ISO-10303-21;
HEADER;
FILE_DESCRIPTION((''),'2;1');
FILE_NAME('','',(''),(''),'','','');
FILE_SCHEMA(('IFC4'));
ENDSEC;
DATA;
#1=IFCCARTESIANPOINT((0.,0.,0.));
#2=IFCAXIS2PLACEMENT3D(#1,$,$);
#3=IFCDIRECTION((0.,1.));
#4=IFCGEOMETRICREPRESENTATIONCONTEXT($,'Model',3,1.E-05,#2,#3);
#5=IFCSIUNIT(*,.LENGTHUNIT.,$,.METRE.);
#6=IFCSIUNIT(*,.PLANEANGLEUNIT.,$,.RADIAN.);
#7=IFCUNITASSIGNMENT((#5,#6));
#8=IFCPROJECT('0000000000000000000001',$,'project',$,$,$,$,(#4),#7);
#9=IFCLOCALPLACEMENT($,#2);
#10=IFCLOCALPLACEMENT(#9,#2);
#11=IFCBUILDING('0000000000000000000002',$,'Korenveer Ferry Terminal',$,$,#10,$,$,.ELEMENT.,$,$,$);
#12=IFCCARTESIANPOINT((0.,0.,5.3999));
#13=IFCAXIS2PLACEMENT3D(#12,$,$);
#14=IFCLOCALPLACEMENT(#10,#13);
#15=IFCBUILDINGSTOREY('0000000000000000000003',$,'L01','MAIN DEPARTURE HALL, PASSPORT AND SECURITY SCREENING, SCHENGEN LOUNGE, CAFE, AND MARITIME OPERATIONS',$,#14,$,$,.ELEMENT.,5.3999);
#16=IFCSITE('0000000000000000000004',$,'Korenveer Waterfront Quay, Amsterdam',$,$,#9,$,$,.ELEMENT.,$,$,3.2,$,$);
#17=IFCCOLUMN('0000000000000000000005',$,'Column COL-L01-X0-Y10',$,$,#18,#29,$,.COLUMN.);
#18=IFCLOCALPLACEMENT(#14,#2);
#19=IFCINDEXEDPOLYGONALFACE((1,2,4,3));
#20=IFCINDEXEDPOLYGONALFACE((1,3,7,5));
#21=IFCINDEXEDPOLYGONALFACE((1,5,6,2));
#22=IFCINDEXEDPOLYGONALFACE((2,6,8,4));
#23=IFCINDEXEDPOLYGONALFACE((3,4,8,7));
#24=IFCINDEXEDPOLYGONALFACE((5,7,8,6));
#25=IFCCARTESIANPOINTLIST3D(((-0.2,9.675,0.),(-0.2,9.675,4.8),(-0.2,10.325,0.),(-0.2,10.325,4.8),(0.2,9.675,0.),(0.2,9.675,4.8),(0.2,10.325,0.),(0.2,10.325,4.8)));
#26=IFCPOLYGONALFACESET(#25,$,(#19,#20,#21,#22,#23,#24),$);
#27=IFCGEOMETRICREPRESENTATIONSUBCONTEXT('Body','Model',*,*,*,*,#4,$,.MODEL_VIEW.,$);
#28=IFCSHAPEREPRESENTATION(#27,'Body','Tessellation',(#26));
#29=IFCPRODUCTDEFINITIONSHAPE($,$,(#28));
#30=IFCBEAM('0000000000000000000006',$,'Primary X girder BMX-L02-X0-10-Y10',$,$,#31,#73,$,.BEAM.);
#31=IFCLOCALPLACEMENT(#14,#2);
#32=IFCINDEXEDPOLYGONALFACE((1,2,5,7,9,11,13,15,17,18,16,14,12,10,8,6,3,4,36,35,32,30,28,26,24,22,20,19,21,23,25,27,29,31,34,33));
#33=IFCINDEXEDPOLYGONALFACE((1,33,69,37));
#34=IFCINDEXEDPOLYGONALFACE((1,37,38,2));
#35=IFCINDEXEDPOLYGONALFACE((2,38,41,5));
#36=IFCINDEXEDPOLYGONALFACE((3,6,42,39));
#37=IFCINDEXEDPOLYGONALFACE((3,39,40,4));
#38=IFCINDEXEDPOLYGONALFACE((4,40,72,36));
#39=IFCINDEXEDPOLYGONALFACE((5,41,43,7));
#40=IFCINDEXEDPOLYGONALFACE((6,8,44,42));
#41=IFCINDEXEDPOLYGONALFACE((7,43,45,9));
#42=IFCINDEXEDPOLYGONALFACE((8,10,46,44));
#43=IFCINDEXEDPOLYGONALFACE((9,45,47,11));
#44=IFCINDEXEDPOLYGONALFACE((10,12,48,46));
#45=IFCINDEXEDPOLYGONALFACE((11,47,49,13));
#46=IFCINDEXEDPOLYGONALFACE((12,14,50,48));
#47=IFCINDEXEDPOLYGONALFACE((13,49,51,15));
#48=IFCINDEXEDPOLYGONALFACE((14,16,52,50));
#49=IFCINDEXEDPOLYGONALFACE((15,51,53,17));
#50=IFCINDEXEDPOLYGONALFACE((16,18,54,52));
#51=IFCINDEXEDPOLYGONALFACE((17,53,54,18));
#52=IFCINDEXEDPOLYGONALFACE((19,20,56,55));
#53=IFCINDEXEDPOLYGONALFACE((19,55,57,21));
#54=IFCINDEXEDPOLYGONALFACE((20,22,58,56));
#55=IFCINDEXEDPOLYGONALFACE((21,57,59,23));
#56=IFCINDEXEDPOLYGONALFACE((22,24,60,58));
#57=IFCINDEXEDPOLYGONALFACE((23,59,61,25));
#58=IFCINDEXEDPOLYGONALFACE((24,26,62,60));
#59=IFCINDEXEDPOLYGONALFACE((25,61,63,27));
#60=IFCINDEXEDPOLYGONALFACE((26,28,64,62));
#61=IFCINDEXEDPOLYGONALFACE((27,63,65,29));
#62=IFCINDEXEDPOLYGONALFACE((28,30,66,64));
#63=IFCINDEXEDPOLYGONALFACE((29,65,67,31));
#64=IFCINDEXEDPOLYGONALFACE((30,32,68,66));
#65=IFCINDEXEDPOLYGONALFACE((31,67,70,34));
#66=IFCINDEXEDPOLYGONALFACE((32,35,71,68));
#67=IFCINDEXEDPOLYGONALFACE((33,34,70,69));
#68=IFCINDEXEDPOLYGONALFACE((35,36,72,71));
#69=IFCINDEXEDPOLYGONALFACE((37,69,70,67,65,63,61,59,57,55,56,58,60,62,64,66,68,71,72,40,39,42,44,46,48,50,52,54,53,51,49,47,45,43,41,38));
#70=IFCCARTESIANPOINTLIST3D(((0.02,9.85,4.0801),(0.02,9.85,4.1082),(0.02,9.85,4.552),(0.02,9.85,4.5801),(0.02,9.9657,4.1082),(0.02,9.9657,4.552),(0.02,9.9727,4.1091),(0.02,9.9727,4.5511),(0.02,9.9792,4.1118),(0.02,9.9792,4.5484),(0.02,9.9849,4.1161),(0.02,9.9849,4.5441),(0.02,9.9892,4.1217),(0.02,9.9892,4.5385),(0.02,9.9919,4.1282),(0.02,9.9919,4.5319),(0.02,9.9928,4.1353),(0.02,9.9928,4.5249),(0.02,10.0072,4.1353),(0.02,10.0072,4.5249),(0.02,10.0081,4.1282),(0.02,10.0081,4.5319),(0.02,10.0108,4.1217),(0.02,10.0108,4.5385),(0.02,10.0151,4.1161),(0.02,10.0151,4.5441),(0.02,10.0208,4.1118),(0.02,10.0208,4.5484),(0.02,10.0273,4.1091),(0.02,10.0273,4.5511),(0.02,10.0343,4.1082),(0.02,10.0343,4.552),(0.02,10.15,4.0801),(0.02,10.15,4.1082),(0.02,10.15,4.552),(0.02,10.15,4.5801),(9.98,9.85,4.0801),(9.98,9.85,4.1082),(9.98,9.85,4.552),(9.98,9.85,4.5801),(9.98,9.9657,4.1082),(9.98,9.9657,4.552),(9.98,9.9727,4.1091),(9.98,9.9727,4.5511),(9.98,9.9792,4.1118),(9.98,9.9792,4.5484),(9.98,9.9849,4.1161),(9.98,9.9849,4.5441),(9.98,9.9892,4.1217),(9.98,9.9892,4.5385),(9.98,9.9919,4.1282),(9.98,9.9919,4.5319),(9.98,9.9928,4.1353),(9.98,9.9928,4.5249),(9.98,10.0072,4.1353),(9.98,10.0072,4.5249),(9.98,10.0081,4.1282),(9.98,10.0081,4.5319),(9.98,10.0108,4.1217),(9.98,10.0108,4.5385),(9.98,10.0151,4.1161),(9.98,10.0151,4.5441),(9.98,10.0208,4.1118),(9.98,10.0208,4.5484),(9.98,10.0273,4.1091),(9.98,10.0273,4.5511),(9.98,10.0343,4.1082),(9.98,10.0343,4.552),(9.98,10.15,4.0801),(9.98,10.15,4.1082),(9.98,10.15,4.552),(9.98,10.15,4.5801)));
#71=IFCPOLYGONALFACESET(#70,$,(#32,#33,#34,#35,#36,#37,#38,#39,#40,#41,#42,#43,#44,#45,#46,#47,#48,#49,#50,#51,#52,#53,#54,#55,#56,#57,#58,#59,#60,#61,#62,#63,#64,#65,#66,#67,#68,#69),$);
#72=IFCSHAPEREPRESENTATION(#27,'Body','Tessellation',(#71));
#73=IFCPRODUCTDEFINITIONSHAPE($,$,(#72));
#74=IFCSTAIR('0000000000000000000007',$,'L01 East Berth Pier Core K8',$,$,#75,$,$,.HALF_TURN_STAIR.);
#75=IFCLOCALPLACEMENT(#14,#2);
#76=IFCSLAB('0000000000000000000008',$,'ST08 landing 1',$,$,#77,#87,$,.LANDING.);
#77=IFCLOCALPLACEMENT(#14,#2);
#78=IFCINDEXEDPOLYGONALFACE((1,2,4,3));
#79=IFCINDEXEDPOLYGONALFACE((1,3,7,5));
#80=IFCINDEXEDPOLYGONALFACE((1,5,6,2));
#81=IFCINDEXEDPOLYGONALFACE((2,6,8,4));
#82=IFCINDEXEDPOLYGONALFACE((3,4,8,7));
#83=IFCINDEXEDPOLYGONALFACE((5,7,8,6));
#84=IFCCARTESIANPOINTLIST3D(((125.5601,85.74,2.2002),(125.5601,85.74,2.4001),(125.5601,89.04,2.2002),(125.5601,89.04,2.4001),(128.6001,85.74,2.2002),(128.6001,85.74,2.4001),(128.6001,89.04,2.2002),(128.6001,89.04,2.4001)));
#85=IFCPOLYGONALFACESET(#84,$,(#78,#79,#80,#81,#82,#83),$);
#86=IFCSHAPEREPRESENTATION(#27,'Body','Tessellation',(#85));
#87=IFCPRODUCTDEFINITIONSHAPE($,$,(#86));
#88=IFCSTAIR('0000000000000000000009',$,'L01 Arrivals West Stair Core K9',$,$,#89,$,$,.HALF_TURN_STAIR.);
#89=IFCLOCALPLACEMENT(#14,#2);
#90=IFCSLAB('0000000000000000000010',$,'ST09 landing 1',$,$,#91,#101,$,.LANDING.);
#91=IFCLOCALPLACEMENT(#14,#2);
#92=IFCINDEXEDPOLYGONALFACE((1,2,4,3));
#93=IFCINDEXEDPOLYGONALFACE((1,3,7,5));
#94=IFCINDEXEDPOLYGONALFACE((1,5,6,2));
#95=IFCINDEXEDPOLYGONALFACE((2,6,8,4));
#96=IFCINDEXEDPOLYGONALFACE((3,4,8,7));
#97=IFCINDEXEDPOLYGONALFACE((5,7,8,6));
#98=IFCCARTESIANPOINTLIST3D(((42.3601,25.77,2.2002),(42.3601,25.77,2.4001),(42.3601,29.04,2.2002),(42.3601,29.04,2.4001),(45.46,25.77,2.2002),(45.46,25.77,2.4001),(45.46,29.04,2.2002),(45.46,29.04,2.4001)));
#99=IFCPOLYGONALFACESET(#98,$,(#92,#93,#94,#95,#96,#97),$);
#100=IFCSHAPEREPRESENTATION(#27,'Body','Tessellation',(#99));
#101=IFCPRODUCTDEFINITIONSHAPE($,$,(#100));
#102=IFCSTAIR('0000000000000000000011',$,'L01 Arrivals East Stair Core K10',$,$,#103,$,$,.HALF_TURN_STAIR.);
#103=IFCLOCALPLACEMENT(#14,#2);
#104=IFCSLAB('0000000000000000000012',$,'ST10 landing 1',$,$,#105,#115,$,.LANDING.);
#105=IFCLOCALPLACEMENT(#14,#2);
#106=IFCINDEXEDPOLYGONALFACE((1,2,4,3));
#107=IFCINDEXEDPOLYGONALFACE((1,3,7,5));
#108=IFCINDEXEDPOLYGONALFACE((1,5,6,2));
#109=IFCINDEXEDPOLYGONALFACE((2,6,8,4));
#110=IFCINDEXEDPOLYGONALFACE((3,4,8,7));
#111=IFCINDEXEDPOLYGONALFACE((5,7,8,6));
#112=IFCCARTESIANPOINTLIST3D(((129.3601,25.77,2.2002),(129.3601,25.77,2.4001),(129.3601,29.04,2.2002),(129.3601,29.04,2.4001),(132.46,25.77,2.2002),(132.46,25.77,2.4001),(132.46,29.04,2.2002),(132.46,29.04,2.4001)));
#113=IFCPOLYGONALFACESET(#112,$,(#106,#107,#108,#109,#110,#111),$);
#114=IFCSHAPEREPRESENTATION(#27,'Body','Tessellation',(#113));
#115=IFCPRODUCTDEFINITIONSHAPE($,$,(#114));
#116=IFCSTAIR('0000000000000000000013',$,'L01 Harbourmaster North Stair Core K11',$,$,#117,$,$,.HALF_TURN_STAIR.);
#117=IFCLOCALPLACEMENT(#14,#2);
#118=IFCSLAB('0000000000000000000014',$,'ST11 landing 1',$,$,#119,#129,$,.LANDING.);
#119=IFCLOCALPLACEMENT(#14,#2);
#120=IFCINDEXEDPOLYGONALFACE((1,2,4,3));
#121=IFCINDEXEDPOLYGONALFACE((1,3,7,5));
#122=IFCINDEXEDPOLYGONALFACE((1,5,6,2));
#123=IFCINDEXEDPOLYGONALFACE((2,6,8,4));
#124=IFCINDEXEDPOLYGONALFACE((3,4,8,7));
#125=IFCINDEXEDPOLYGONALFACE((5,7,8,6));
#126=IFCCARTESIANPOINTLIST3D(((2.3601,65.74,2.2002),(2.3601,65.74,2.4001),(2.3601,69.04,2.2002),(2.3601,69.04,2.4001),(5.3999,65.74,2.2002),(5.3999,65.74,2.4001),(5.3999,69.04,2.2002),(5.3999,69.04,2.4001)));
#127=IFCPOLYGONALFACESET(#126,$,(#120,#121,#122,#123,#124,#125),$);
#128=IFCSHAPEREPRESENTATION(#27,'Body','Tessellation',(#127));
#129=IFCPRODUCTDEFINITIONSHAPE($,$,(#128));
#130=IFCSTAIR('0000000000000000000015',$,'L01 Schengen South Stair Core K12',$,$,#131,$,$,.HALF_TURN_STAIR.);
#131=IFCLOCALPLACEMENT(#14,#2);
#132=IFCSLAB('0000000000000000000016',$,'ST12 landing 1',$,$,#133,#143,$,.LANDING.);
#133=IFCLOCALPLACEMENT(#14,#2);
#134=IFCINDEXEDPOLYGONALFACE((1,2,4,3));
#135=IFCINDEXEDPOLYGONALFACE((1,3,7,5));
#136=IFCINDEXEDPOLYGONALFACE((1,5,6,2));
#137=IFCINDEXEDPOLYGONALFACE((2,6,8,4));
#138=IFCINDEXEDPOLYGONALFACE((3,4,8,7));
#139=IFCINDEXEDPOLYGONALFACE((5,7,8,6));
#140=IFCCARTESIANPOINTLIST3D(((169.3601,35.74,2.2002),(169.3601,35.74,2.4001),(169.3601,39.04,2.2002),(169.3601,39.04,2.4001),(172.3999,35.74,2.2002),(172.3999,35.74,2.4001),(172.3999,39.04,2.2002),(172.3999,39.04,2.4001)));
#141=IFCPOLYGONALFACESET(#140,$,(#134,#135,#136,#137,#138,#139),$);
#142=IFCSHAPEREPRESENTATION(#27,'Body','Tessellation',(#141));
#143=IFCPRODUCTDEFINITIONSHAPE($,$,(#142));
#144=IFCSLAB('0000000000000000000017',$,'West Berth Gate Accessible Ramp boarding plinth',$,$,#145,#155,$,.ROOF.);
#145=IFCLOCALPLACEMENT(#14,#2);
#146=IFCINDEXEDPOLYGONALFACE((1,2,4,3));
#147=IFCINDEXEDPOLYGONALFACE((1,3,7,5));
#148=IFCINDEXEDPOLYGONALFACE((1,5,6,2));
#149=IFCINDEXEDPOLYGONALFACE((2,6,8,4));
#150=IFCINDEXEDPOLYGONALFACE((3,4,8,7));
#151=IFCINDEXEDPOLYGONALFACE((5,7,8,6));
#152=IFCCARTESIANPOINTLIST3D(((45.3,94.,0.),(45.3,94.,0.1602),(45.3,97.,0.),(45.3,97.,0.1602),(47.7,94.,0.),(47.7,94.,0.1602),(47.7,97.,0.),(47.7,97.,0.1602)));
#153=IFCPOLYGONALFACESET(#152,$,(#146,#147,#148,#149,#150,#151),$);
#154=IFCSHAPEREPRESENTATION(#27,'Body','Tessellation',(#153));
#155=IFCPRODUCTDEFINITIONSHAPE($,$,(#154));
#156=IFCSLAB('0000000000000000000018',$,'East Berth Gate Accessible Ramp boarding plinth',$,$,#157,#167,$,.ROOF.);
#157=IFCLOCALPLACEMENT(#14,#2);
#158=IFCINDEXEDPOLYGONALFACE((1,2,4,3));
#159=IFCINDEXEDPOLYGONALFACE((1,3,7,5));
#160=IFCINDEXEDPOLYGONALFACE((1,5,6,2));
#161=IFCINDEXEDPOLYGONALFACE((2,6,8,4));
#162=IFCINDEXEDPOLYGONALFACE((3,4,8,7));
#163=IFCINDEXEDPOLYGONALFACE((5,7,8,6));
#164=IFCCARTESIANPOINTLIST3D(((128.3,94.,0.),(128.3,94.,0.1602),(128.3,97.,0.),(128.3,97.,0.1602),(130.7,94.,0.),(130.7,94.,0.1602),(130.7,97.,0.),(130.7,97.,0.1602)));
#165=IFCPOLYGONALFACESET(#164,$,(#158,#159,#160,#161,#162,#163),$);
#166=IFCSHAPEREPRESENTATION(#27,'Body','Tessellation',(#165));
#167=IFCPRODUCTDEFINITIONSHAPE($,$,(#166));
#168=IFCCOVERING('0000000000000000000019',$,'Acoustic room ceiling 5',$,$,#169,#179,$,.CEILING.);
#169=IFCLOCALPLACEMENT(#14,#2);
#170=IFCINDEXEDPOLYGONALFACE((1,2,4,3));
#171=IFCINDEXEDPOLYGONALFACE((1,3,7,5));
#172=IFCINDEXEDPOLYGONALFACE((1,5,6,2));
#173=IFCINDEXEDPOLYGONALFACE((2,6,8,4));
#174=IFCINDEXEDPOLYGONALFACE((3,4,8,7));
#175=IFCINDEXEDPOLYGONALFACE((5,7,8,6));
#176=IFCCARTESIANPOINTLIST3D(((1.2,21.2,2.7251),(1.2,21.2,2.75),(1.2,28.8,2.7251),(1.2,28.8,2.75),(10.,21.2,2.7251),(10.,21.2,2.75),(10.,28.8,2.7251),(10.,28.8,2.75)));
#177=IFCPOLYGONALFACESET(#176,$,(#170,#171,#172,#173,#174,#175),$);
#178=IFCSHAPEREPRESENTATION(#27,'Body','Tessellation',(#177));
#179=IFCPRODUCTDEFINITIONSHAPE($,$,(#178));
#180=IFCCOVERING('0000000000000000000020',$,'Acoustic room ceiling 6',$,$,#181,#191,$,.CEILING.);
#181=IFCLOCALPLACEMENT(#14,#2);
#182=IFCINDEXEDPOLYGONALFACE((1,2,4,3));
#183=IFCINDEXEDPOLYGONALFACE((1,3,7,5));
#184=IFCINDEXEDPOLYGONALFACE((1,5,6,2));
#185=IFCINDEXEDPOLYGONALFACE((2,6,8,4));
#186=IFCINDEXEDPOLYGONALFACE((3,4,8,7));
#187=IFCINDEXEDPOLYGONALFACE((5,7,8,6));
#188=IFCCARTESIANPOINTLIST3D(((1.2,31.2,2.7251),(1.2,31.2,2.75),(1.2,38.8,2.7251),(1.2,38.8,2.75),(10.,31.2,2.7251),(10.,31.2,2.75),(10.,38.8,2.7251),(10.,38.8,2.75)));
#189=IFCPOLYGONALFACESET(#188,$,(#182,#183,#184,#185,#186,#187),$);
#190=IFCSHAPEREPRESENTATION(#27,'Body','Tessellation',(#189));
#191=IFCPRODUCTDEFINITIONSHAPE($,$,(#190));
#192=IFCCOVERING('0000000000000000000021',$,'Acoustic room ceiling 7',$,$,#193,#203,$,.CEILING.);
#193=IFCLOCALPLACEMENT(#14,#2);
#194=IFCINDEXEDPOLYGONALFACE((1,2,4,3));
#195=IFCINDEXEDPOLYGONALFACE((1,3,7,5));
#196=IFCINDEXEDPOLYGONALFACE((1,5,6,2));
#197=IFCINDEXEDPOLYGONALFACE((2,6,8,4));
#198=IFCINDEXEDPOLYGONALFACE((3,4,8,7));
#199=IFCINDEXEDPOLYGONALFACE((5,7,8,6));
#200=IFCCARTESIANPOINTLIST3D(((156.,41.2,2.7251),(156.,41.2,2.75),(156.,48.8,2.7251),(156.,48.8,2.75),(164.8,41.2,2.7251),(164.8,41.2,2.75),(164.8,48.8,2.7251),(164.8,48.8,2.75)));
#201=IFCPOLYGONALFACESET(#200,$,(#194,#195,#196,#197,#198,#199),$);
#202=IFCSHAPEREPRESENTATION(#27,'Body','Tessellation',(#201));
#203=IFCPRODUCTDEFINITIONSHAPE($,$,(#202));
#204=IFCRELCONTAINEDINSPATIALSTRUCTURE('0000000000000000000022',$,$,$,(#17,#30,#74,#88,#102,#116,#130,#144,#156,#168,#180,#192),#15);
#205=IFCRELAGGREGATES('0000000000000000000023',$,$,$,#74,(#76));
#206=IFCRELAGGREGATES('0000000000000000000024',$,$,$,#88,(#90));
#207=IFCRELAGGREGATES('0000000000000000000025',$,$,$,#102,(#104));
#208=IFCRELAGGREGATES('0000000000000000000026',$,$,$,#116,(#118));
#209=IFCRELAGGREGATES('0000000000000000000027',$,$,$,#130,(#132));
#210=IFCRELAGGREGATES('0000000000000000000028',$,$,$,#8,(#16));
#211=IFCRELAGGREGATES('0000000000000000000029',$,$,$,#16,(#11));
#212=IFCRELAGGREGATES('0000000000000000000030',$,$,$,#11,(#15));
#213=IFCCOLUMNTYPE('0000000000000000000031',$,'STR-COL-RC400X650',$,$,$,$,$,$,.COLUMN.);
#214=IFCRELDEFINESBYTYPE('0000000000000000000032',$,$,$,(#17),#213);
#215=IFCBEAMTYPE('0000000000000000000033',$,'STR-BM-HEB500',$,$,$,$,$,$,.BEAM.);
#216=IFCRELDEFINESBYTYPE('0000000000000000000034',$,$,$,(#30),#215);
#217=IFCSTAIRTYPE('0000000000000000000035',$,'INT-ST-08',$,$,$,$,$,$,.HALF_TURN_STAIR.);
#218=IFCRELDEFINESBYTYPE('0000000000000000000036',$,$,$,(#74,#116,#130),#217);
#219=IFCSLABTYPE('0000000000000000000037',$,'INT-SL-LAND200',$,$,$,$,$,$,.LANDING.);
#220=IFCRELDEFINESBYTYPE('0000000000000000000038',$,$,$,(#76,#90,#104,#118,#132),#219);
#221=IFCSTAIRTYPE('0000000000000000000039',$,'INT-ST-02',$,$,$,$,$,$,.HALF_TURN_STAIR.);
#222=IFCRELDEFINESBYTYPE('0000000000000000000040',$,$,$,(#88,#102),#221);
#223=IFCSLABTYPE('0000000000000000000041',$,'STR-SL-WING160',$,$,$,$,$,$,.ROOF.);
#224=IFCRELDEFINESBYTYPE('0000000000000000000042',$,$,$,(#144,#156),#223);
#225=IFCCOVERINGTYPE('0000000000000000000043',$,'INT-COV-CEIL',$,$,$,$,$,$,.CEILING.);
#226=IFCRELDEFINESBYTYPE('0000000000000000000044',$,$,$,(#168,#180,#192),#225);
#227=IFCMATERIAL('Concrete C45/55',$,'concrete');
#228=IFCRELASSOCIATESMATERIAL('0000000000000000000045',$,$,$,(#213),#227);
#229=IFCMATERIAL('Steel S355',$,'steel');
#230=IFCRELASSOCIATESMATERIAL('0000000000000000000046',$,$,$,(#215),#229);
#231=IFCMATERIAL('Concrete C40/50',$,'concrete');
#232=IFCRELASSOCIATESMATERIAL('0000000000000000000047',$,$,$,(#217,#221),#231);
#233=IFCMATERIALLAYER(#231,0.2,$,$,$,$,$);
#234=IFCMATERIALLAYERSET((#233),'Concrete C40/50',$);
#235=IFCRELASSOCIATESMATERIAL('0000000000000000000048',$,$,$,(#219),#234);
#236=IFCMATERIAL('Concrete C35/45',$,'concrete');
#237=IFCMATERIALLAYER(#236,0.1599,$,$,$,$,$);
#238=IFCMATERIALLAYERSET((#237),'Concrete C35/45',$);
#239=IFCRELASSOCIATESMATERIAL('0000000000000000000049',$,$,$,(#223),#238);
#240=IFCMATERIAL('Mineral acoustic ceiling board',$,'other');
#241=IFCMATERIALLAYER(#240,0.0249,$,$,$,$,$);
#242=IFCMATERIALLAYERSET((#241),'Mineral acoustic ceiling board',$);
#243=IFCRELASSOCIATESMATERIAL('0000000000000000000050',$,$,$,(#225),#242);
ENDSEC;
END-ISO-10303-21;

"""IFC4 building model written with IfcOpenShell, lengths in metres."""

from ifc_helpers import new_model, si_unit, direction, frame, origin, origin_2d, place, context, subcontext, project, spatial, polyline, rectangle, i_section, outline, extrude, material, layer, layer_set, material_profile, profile_set, type_object, element, aggregate, save


model = new_model("IFC4")

# Units and contexts
model_context = context("Model", 3, precision=1e-05, world=origin(), true_north=direction((0.0, 1.0)))
body_context = subcontext(model_context, "Body", "Model", "MODEL_VIEW")
ifc_project = project(units=[si_unit("LENGTHUNIT", "METRE"), si_unit("PLANEANGLEUNIT", "RADIAN")], contexts=[model_context])

# Site, building, storey
site_placement = place(None, origin())
site = spatial("IfcSite", under=ifc_project, at=site_placement, Name="Korenveer Waterfront Quay, Amsterdam", CompositionType="ELEMENT", RefElevation=3.2)
building_placement = place(site_placement, origin())
building = spatial("IfcBuilding", under=site, at=building_placement, Name="Korenveer Ferry Terminal", CompositionType="ELEMENT")
storey_placement = place(building_placement, frame((0.0, 0.0, 5.3999)))
storey = spatial("IfcBuildingStorey", under=building, at=storey_placement, Name="L01", Description="MAIN DEPARTURE HALL, PASSPORT AND SECURITY SCREENING, SCHENGEN LOUNGE, CAFE, AND MARITIME OPERATIONS", CompositionType="ELEMENT", Elevation=5.3999)

# Column
ifc_material_1 = material(Name="Concrete C45/55", Category="concrete")
ifc_material_profile_1 = material_profile(ifc_material_1, rectangle(XDim=0.3999, YDim=0.6499, at=origin_2d()), Name="RC 400x650")
ifc_profile_set_1 = profile_set([ifc_material_profile_1], Name="Concrete C45/55")
column_type = type_object("IfcColumnType", Name="STR-COL-RC400X650", PredefinedType="COLUMN", material=ifc_profile_set_1)
column_placement = place(storey_placement, frame((0.0, 10.0, 0.0), z_axis=(0.0, 0.0, 1.0), x_axis=(1.0, 0.0, 0.0)))
element("IfcColumn", 1, at=column_placement, inside=storey, type_object=column_type, Name="Column COL-L01-X0-Y10", PredefinedType="COLUMN", context=body_context, shape_type="SweptSolid", body=[
    extrude(rectangle(XDim=0.3999, YDim=0.6499, at=origin_2d()), origin(), (0.0, 0.0, 1.0), 4.8),
])

# Beam
ifc_material_2 = material(Name="Steel S355", Category="steel")
ifc_material_profile_2 = material_profile(ifc_material_2, i_section(OverallWidth=0.3, OverallDepth=0.5, WebThickness=0.0144, FlangeThickness=0.0281, FilletRadius=0.0271, at=origin_2d()), Name="HEB 500")
ifc_profile_set_2 = profile_set([ifc_material_profile_2], Name="Steel S355")
beam_type = type_object("IfcBeamType", Name="STR-BM-HEB500", PredefinedType="BEAM", material=ifc_profile_set_2)
beam_placement = place(storey_placement, frame((0.02, 10.0, 4.3301), z_axis=(1.0, 0.0, 0.0), x_axis=(0.0, 1.0, 0.0)))
element("IfcBeam", 2, at=beam_placement, inside=storey, type_object=beam_type, Name="Primary X girder BMX-L02-X0-10-Y10", PredefinedType="BEAM", context=body_context, shape_type="SweptSolid", body=[
    extrude(i_section(OverallWidth=0.3, OverallDepth=0.5, WebThickness=0.0144, FlangeThickness=0.0281, FilletRadius=0.0271, at=origin_2d()), origin(), (0.0, 0.0, 1.0), 9.96),
])

# Stairs, slabs
ifc_material_3 = material(Name="Concrete C40/50", Category="concrete")
stair_type_1 = type_object("IfcStairType", Name="INT-ST-08", PredefinedType="HALF_TURN_STAIR", material=ifc_material_3)
stair_1_placement = place(storey_placement, frame((127.8899, 82.3799, 0.0)))
stair_1 = element("IfcStair", 3, at=stair_1_placement, inside=storey, type_object=stair_type_1, Name="L01 East Berth Pier Core K8", PredefinedType="HALF_TURN_STAIR")
ifc_layer_1 = layer(ifc_material_3, 0.2)
ifc_layer_set_1 = layer_set([ifc_layer_1], Name="Concrete C40/50")
slab_type_1 = type_object("IfcSlabType", Name="INT-SL-LAND200", PredefinedType="LANDING", material=ifc_layer_set_1)
slab_1_placement = place(storey_placement, frame((0.0, 0.0, 2.2002)))
slab_1 = element("IfcSlab", 4, at=slab_1_placement, type_object=slab_type_1, Name="ST08 landing 1", PredefinedType="LANDING", context=body_context, shape_type="SweptSolid", body=[
    extrude(outline(polyline([(128.6001, 85.74), (128.6001, 89.04), (125.5601, 89.04), (125.5601, 85.74), (128.6001, 85.74)])), origin(), (0.0, 0.0, 1.0), 0.2),
])
aggregate(stair_1, [slab_1])
stair_type_2 = type_object("IfcStairType", Name="INT-ST-02", PredefinedType="HALF_TURN_STAIR", material=ifc_material_3)
stair_2_placement = place(storey_placement, frame((44.7351, 22.4099, 0.0)))
stair_2 = element("IfcStair", 5, at=stair_2_placement, inside=storey, type_object=stair_type_2, Name="L01 Arrivals West Stair Core K9", PredefinedType="HALF_TURN_STAIR")
slab_2_placement = place(storey_placement, frame((0.0, 0.0, 2.2002)))
slab_2 = element("IfcSlab", 6, at=slab_2_placement, type_object=slab_type_1, Name="ST09 landing 1", PredefinedType="LANDING", context=body_context, shape_type="SweptSolid", body=[
    extrude(outline(polyline([(45.46, 25.77), (45.46, 29.04), (42.3601, 29.04), (42.3601, 25.77), (45.46, 25.77)])), origin(), (0.0, 0.0, 1.0), 0.2),
])
aggregate(stair_2, [slab_2])
stair_3_placement = place(storey_placement, frame((131.7351, 22.4099, 0.0)))
stair_3 = element("IfcStair", 7, at=stair_3_placement, inside=storey, type_object=stair_type_2, Name="L01 Arrivals East Stair Core K10", PredefinedType="HALF_TURN_STAIR")
slab_3_placement = place(storey_placement, frame((0.0, 0.0, 2.2002)))
slab_3 = element("IfcSlab", 8, at=slab_3_placement, type_object=slab_type_1, Name="ST10 landing 1", PredefinedType="LANDING", context=body_context, shape_type="SweptSolid", body=[
    extrude(outline(polyline([(132.46, 25.77), (132.46, 29.04), (129.3601, 29.04), (129.3601, 25.77), (132.46, 25.77)])), origin(), (0.0, 0.0, 1.0), 0.2),
])
aggregate(stair_3, [slab_3])
stair_4_placement = place(storey_placement, frame((4.6899, 62.3799, 0.0)))
stair_4 = element("IfcStair", 9, at=stair_4_placement, inside=storey, type_object=stair_type_1, Name="L01 Harbourmaster North Stair Core K11", PredefinedType="HALF_TURN_STAIR")
slab_4_placement = place(storey_placement, frame((0.0, 0.0, 2.2002)))
slab_4 = element("IfcSlab", 10, at=slab_4_placement, type_object=slab_type_1, Name="ST11 landing 1", PredefinedType="LANDING", context=body_context, shape_type="SweptSolid", body=[
    extrude(outline(polyline([(5.3999, 65.74), (5.3999, 69.04), (2.3601, 69.04), (2.3601, 65.74), (5.3999, 65.74)])), origin(), (0.0, 0.0, 1.0), 0.2),
])
aggregate(stair_4, [slab_4])
stair_5_placement = place(storey_placement, frame((171.6899, 32.3799, 0.0)))
stair_5 = element("IfcStair", 11, at=stair_5_placement, inside=storey, type_object=stair_type_1, Name="L01 Schengen South Stair Core K12", PredefinedType="HALF_TURN_STAIR")
slab_5_placement = place(storey_placement, frame((0.0, 0.0, 2.2002)))
slab_5 = element("IfcSlab", 12, at=slab_5_placement, type_object=slab_type_1, Name="ST12 landing 1", PredefinedType="LANDING", context=body_context, shape_type="SweptSolid", body=[
    extrude(outline(polyline([(172.3999, 35.74), (172.3999, 39.04), (169.3601, 39.04), (169.3601, 35.74), (172.3999, 35.74)])), origin(), (0.0, 0.0, 1.0), 0.2),
])
aggregate(stair_5, [slab_5])

# Slabs
ifc_material_4 = material(Name="Concrete C35/45", Category="concrete")
ifc_layer_2 = layer(ifc_material_4, 0.1599)
ifc_layer_set_2 = layer_set([ifc_layer_2], Name="Concrete C35/45")
slab_type_2 = type_object("IfcSlabType", Name="STR-SL-WING160", PredefinedType="ROOF", material=ifc_layer_set_2)
slab_6_placement = place(storey_placement, origin())
element("IfcSlab", 13, at=slab_6_placement, inside=storey, type_object=slab_type_2, Name="West Berth Gate Accessible Ramp boarding plinth", PredefinedType="ROOF", context=body_context, shape_type="SweptSolid", body=[
    extrude(outline(polyline([(45.3, 94.0), (47.7, 94.0), (47.7, 97.0), (45.3, 97.0), (45.3, 94.0)])), origin(), (0.0, 0.0, 1.0), 0.1602),
])
slab_7_placement = place(storey_placement, origin())
element("IfcSlab", 14, at=slab_7_placement, inside=storey, type_object=slab_type_2, Name="East Berth Gate Accessible Ramp boarding plinth", PredefinedType="ROOF", context=body_context, shape_type="SweptSolid", body=[
    extrude(outline(polyline([(128.3, 94.0), (130.7, 94.0), (130.7, 97.0), (128.3, 97.0), (128.3, 94.0)])), origin(), (0.0, 0.0, 1.0), 0.1602),
])

# Coverings
ifc_material_5 = material(Name="Mineral acoustic ceiling board", Category="other")
ifc_layer_3 = layer(ifc_material_5, 0.0249)
ifc_layer_set_3 = layer_set([ifc_layer_3], Name="Mineral acoustic ceiling board")
covering_type_1 = type_object("IfcCoveringType", Name="INT-COV-CEIL", PredefinedType="CEILING", material=ifc_layer_set_3)
covering_1_placement = place(storey_placement, frame((0.0, 0.0, 2.7251)))
element("IfcCovering", 15, at=covering_1_placement, inside=storey, type_object=covering_type_1, Name="Acoustic room ceiling 5", PredefinedType="CEILING", context=body_context, shape_type="SweptSolid", body=[
    extrude(outline(polyline([(1.2, 21.2), (10.0, 21.2), (10.0, 28.8), (1.2, 28.8), (1.2, 21.2)])), origin(), (0.0, 0.0, 1.0), 0.0249),
])
covering_2_placement = place(storey_placement, frame((0.0, 0.0, 2.7251)))
element("IfcCovering", 16, at=covering_2_placement, inside=storey, type_object=covering_type_1, Name="Acoustic room ceiling 6", PredefinedType="CEILING", context=body_context, shape_type="SweptSolid", body=[
    extrude(outline(polyline([(1.2, 31.2), (10.0, 31.2), (10.0, 38.8), (1.2, 38.8), (1.2, 31.2)])), origin(), (0.0, 0.0, 1.0), 0.0249),
])
covering_3_placement = place(storey_placement, frame((0.0, 0.0, 2.7251)))
element("IfcCovering", 17, at=covering_3_placement, inside=storey, type_object=covering_type_1, Name="Acoustic room ceiling 7", PredefinedType="CEILING", context=body_context, shape_type="SweptSolid", body=[
    extrude(outline(polyline([(156.0, 41.2), (164.8, 41.2), (164.8, 48.8), (156.0, 48.8), (156.0, 41.2)])), origin(), (0.0, 0.0, 1.0), 0.0249),
])

save(model, "model.ifc")
